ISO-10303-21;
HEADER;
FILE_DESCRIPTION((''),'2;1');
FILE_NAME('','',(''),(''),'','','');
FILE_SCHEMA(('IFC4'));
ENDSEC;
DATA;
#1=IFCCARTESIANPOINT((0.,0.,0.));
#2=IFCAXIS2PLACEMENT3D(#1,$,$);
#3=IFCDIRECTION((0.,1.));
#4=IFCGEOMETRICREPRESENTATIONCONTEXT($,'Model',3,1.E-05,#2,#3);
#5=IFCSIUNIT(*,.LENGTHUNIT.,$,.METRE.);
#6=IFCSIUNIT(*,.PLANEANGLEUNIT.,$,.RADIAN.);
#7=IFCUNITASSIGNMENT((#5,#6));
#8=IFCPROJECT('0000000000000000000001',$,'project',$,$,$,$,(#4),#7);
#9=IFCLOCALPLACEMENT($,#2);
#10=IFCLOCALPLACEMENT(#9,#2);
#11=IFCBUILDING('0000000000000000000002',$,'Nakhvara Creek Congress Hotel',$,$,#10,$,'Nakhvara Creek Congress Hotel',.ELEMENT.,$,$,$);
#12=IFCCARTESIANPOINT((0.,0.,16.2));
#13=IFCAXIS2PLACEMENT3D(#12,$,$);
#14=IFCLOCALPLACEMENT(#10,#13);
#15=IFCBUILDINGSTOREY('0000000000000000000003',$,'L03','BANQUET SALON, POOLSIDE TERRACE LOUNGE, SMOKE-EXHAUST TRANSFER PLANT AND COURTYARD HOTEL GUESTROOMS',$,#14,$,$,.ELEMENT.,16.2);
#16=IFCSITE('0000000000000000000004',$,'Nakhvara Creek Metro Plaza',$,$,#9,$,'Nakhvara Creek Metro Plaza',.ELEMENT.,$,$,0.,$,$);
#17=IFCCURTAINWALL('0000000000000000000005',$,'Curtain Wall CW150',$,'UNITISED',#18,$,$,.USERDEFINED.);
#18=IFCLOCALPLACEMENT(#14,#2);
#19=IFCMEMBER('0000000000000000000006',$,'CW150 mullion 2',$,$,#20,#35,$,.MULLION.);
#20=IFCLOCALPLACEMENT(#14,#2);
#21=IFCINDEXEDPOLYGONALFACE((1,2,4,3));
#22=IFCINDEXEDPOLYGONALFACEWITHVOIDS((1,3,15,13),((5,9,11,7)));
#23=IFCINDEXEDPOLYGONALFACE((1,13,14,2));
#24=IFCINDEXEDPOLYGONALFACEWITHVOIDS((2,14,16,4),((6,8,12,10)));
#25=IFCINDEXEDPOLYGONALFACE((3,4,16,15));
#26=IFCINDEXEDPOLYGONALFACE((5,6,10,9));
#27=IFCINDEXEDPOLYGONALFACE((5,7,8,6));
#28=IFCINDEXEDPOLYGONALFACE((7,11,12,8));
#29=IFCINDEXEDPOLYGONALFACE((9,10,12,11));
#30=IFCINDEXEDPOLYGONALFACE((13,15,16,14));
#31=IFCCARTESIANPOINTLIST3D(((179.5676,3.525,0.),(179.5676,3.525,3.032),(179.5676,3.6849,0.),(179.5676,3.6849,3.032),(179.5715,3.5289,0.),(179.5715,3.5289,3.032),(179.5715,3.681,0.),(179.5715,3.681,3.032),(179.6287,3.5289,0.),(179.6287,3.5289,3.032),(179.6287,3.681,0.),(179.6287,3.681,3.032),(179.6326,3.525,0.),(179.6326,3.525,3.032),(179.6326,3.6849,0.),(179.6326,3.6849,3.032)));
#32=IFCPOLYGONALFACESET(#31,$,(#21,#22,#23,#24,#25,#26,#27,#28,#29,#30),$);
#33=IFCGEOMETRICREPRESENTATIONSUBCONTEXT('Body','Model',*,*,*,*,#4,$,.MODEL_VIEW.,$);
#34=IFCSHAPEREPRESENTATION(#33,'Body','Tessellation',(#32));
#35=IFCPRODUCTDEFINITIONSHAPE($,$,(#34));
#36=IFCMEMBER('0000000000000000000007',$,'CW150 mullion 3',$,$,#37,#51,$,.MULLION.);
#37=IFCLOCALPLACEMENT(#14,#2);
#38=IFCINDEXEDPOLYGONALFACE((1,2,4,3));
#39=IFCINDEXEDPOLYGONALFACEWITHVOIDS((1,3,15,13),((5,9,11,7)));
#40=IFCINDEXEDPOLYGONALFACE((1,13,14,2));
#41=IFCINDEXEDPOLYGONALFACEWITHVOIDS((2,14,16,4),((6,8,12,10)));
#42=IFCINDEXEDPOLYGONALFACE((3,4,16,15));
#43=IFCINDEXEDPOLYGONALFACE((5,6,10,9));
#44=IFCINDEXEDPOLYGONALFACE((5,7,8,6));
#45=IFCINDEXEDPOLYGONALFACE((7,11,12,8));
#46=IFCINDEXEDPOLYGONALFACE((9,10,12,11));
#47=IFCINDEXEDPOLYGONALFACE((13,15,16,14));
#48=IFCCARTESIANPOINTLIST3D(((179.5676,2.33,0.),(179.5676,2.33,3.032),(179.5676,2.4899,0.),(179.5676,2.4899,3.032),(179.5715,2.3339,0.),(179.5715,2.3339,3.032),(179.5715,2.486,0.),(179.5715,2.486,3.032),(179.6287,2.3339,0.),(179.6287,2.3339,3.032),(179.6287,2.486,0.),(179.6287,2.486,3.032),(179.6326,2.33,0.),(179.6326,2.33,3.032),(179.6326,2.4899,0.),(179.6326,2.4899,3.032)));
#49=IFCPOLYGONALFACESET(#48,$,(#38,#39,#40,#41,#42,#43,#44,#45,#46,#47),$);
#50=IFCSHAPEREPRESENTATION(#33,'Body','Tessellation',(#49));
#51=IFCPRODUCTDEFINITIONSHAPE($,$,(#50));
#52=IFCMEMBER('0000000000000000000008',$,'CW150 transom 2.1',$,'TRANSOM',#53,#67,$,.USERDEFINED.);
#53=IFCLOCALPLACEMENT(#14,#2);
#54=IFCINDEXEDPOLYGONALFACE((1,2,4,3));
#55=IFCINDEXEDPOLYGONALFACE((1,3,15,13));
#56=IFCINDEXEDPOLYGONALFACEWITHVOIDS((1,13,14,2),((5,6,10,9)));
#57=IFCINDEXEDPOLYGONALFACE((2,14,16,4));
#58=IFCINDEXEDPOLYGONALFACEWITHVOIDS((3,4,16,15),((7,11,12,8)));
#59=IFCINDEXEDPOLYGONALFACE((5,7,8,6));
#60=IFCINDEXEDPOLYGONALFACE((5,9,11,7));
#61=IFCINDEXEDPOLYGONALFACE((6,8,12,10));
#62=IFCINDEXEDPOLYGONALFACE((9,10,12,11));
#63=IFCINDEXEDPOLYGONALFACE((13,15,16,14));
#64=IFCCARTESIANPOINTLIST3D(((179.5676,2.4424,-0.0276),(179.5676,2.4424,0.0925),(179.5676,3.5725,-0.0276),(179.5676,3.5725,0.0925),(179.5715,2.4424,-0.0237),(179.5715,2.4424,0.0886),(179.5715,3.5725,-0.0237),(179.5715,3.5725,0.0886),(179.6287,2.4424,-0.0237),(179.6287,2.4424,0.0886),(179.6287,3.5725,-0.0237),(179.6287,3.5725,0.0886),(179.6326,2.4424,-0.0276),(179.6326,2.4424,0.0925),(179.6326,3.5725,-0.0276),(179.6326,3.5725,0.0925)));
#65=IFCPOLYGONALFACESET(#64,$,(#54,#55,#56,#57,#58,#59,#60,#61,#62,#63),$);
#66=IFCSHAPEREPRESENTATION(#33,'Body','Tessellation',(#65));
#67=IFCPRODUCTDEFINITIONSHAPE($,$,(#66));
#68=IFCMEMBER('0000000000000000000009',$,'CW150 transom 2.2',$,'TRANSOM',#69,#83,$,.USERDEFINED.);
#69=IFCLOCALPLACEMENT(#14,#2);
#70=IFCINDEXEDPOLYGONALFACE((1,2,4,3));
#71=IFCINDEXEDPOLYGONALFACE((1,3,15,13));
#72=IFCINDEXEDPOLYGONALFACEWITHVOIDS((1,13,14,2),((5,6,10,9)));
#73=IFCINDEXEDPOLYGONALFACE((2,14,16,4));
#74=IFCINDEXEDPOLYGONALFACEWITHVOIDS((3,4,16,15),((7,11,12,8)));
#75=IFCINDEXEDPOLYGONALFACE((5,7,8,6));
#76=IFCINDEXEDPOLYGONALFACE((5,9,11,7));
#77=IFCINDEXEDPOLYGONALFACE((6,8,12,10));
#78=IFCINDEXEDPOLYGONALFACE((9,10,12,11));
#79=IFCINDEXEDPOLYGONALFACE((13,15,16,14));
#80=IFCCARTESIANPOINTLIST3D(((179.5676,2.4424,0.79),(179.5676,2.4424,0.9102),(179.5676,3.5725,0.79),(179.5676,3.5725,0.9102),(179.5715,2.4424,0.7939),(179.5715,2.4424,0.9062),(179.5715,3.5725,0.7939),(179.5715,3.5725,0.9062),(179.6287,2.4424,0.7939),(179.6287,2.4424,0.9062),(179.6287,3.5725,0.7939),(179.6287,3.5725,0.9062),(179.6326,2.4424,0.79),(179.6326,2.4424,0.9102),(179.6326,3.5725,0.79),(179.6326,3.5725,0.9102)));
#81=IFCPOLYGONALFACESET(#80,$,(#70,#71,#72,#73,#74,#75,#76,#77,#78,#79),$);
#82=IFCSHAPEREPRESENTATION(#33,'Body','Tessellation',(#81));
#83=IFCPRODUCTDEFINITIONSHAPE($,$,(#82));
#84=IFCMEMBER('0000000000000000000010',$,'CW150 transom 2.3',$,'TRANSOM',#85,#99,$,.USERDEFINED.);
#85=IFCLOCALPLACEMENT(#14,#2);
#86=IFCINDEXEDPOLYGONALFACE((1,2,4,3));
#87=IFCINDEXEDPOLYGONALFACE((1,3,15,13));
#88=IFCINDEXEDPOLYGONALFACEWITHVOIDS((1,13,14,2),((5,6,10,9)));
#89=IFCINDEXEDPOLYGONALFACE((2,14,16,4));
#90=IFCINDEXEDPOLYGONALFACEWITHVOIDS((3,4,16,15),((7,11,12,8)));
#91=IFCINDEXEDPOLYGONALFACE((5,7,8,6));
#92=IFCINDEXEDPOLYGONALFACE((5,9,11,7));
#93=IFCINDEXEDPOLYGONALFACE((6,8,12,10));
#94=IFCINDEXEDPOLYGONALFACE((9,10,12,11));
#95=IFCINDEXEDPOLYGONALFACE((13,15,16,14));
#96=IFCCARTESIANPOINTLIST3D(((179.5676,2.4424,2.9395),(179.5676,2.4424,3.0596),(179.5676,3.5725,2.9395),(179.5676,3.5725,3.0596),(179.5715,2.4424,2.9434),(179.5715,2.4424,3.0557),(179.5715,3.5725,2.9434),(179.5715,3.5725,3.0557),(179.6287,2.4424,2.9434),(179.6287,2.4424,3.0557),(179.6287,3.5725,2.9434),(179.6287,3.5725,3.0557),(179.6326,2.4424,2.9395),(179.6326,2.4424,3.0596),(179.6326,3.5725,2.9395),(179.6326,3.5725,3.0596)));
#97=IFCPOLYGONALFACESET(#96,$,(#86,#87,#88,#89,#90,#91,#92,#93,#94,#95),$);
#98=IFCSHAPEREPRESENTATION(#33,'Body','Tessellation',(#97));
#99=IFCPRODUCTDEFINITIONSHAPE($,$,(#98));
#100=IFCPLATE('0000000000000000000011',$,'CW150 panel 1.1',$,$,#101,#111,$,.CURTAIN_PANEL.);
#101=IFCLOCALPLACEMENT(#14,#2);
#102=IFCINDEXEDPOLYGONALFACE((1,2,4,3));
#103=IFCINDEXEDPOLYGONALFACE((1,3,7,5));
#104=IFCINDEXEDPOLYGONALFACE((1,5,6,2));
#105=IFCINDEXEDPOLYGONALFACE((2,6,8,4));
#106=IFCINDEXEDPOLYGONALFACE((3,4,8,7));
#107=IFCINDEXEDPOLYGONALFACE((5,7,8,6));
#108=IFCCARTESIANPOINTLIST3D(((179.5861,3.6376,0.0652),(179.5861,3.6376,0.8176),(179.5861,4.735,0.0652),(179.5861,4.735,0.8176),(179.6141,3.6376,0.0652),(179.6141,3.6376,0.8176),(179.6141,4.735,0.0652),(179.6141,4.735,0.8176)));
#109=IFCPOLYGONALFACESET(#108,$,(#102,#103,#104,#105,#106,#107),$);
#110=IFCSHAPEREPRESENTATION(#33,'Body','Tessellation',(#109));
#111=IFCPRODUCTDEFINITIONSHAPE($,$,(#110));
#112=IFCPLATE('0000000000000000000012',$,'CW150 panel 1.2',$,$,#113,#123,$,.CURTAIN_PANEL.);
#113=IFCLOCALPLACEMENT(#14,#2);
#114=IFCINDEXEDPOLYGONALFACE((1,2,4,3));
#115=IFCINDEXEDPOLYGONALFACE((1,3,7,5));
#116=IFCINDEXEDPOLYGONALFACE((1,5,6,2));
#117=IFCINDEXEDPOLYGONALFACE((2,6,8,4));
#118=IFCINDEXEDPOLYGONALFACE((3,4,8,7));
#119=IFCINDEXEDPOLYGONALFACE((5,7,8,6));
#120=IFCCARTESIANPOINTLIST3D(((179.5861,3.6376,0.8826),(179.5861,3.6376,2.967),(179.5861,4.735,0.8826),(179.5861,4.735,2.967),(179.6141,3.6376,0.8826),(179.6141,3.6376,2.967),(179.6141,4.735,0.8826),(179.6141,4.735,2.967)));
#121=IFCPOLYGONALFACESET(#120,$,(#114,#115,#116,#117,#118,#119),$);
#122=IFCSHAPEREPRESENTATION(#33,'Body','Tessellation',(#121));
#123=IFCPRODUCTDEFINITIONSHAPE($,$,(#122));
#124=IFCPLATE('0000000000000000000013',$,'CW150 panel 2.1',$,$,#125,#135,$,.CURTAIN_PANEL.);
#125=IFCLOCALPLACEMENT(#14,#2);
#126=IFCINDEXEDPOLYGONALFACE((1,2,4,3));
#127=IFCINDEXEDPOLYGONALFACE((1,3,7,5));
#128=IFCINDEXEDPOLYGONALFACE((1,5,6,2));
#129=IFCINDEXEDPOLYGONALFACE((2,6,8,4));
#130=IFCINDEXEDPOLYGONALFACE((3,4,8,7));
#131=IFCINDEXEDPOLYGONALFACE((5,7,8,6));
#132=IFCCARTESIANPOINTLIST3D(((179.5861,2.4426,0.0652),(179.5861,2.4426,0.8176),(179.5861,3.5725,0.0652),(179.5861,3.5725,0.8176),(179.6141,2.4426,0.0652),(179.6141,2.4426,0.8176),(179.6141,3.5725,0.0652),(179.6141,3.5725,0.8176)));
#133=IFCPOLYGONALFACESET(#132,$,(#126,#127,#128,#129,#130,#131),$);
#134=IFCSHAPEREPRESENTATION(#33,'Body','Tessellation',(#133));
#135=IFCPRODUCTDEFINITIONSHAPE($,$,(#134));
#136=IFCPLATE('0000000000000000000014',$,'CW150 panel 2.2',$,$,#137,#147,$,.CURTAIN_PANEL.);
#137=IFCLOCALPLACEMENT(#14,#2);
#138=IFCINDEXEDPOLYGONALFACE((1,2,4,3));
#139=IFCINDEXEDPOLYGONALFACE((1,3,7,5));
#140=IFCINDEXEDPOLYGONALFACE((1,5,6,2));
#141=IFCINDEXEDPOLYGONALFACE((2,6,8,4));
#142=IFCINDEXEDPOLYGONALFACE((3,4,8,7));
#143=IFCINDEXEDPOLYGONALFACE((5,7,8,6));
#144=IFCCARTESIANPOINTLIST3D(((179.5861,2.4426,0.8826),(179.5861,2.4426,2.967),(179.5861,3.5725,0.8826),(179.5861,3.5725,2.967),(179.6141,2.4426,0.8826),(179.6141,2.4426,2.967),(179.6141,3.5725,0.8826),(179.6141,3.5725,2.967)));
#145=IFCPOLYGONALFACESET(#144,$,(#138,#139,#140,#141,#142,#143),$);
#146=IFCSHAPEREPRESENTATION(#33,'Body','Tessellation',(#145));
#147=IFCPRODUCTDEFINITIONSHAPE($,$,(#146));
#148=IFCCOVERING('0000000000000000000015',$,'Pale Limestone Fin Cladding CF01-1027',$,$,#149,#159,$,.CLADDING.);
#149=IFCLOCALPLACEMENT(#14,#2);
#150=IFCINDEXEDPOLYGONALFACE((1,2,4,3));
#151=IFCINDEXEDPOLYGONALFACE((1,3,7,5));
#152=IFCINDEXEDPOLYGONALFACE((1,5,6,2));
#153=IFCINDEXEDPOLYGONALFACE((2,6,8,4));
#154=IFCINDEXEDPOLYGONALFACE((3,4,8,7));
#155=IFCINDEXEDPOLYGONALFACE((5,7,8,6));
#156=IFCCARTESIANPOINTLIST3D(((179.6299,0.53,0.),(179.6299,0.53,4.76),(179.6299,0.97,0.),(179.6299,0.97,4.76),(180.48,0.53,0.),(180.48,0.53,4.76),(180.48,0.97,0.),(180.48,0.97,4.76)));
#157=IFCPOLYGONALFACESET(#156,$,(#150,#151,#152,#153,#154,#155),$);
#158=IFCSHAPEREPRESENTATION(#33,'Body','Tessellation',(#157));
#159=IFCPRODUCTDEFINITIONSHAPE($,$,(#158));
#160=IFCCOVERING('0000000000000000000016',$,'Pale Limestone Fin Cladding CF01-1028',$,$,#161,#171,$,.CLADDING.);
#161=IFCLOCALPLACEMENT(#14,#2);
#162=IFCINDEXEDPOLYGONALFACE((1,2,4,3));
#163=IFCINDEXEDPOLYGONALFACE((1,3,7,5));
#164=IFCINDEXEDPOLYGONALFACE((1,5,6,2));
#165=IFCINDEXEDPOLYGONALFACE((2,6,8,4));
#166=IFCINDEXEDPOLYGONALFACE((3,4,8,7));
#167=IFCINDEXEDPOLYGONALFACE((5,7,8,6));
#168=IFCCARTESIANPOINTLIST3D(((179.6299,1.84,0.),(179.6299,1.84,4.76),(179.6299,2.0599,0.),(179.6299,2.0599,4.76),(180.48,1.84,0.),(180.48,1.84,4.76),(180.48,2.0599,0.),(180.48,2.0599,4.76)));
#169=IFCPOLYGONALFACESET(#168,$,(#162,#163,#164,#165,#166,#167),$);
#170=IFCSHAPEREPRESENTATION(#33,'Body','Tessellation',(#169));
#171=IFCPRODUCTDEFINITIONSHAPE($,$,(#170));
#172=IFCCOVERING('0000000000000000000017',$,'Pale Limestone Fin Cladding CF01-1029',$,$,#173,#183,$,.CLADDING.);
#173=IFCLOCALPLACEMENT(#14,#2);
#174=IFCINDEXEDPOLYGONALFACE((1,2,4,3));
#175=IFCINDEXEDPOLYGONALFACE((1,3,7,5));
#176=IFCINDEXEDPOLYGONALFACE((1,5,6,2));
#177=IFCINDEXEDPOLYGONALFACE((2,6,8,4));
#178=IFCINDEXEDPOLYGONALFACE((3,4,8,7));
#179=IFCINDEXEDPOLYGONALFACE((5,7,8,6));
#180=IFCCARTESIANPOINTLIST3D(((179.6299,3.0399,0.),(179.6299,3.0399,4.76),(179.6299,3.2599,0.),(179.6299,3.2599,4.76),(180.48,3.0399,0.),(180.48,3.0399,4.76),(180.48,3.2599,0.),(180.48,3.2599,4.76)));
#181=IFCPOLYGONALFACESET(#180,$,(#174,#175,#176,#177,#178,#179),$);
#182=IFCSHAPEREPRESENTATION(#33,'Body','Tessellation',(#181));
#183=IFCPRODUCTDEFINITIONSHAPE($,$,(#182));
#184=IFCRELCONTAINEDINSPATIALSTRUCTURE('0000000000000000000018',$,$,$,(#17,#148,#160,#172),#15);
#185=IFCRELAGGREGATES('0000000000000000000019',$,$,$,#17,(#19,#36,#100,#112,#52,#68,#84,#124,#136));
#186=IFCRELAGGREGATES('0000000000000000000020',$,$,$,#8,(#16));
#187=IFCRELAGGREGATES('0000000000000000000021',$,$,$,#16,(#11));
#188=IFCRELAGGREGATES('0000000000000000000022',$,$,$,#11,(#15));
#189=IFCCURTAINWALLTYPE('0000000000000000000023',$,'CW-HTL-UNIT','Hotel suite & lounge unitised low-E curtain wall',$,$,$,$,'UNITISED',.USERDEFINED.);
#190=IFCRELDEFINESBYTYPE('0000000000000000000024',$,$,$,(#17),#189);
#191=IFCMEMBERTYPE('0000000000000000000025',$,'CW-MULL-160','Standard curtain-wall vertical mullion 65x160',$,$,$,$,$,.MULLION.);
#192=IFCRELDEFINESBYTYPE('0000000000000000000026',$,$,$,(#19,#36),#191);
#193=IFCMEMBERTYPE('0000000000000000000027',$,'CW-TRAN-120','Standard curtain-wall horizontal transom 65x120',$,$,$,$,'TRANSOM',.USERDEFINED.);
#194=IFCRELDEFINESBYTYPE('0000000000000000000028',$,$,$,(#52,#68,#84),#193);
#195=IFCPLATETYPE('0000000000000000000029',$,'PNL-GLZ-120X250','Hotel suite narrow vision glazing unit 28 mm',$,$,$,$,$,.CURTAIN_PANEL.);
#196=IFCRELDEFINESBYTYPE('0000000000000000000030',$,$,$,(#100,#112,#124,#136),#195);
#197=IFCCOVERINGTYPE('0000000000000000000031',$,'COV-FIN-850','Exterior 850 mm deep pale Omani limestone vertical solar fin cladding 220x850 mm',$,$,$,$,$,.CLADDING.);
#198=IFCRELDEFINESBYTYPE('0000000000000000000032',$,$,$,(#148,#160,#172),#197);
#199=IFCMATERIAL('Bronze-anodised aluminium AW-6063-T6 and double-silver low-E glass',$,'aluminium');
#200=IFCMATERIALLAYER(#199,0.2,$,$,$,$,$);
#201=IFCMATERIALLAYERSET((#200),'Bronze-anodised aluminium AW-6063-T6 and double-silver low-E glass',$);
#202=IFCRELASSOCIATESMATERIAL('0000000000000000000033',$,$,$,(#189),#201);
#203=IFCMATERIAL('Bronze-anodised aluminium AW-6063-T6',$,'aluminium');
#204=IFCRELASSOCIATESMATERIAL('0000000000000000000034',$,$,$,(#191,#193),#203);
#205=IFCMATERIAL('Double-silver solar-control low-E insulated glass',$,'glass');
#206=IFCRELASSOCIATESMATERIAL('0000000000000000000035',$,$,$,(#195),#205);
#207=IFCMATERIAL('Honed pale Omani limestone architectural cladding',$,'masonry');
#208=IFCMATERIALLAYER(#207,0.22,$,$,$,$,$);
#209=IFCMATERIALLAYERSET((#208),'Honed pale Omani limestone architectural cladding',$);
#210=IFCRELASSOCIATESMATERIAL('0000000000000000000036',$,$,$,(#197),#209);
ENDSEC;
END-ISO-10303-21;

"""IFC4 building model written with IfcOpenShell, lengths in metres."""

from ifc_helpers import new_model, si_unit, direction, frame, origin, origin_2d, place, context, subcontext, project, spatial, rectangle, hollow_rectangle, extrude, material, layer, layer_set, material_profile, profile_set, type_object, element, aggregate, save


model = new_model("IFC4")

# Units and contexts
model_context = context("Model", 3, precision=1e-05, world=origin(), true_north=direction((0.0, 1.0)))
body_context = subcontext(model_context, "Body", "Model", "MODEL_VIEW")
ifc_project = project(units=[si_unit("LENGTHUNIT", "METRE"), si_unit("PLANEANGLEUNIT", "RADIAN")], contexts=[model_context])

# Site, building, storey
site_placement = place(None, origin())
site = spatial("IfcSite", under=ifc_project, at=site_placement, Name="Nakhvara Creek Metro Plaza", LongName="Nakhvara Creek Metro Plaza", CompositionType="ELEMENT", RefElevation=0.0)
building_placement = place(site_placement, origin())
building = spatial("IfcBuilding", under=site, at=building_placement, Name="Nakhvara Creek Congress Hotel", LongName="Nakhvara Creek Congress Hotel", CompositionType="ELEMENT")
storey_placement = place(building_placement, frame((0.0, 0.0, 16.2)))
storey = spatial("IfcBuildingStorey", under=building, at=storey_placement, Name="L03", Description="BANQUET SALON, POOLSIDE TERRACE LOUNGE, SMOKE-EXHAUST TRANSFER PLANT AND COURTYARD HOTEL GUESTROOMS", CompositionType="ELEMENT", Elevation=16.2)

# Curtain wall, members, plates
ifc_material_1 = material(Name="Bronze-anodised aluminium AW-6063-T6 and double-silver low-E glass", Category="aluminium")
ifc_layer_1 = layer(ifc_material_1, 0.2)
ifc_layer_set_1 = layer_set([ifc_layer_1], Name="Bronze-anodised aluminium AW-6063-T6 and double-silver low-E glass")
curtain_wall_type = type_object("IfcCurtainWallType", Name="CW-HTL-UNIT", Description="Hotel suite & lounge unitised low-E curtain wall", ElementType="UNITISED", PredefinedType="USERDEFINED", material=ifc_layer_set_1)
curtain_wall_placement = place(storey_placement, origin())
curtain_wall = element("IfcCurtainWall", 1, at=curtain_wall_placement, inside=storey, type_object=curtain_wall_type, Name="Curtain Wall CW150", ObjectType="UNITISED", PredefinedType="USERDEFINED")
ifc_material_2 = material(Name="Bronze-anodised aluminium AW-6063-T6", Category="aluminium")
ifc_material_profile_1 = material_profile(ifc_material_2, hollow_rectangle(XDim=0.0649, YDim=0.1599, WallThickness=0.0039, at=origin_2d()), Name="ALU-MULL 65x160x4", Category="LoadBearing")
ifc_profile_set_1 = profile_set([ifc_material_profile_1], Name="Bronze-anodised aluminium AW-6063-T6")
member_type_1 = type_object("IfcMemberType", Name="CW-MULL-160", Description="Standard curtain-wall vertical mullion 65x160", PredefinedType="MULLION", material=ifc_profile_set_1)
member_1_placement = place(storey_placement, frame((179.6001, 3.605, 0.0), z_axis=(0.0, 0.0, 1.0), x_axis=(1.0, 0.0, 0.0)))
member_1 = element("IfcMember", 2, at=member_1_placement, type_object=member_type_1, Name="CW150 mullion 2", PredefinedType="MULLION", context=body_context, shape_type="SweptSolid", body=[
    extrude(hollow_rectangle(XDim=0.0649, YDim=0.1599, WallThickness=0.0039, at=origin_2d()), origin(), (0.0, 0.0, 1.0), 3.032),
])
member_2_placement = place(storey_placement, frame((179.6001, 2.4099, 0.0), z_axis=(0.0, 0.0, 1.0), x_axis=(1.0, 0.0, 0.0)))
member_2 = element("IfcMember", 3, at=member_2_placement, type_object=member_type_1, Name="CW150 mullion 3", PredefinedType="MULLION", context=body_context, shape_type="SweptSolid", body=[
    extrude(hollow_rectangle(XDim=0.0649, YDim=0.1599, WallThickness=0.0039, at=origin_2d()), origin(), (0.0, 0.0, 1.0), 3.032),
])
ifc_material_profile_2 = material_profile(ifc_material_2, hollow_rectangle(XDim=0.0649, YDim=0.1201, WallThickness=0.0039, at=origin_2d()), Name="ALU-TRAN 65x120x4", Category="LoadBearing")
ifc_profile_set_2 = profile_set([ifc_material_profile_2], Name="Bronze-anodised aluminium AW-6063-T6")
member_type_2 = type_object("IfcMemberType", Name="CW-TRAN-120", Description="Standard curtain-wall horizontal transom 65x120", ElementType="TRANSOM", PredefinedType="USERDEFINED", material=ifc_profile_set_2)
member_3_placement = place(storey_placement, frame((179.6001, 3.5725, 0.0325), z_axis=(0.0, -1.0, 0.0), x_axis=(1.0, 0.0, 0.0)))
member_3 = element("IfcMember", 4, at=member_3_placement, type_object=member_type_2, Name="CW150 transom 2.1", ObjectType="TRANSOM", PredefinedType="USERDEFINED", context=body_context, shape_type="SweptSolid", body=[
    extrude(hollow_rectangle(XDim=0.0649, YDim=0.1201, WallThickness=0.0039, at=origin_2d()), origin(), (0.0, 0.0, 1.0), 1.1301),
])
member_4_placement = place(storey_placement, frame((179.6001, 3.5725, 0.8501), z_axis=(0.0, -1.0, 0.0), x_axis=(1.0, 0.0, 0.0)))
member_4 = element("IfcMember", 5, at=member_4_placement, type_object=member_type_2, Name="CW150 transom 2.2", ObjectType="TRANSOM", PredefinedType="USERDEFINED", context=body_context, shape_type="SweptSolid", body=[
    extrude(hollow_rectangle(XDim=0.0649, YDim=0.1201, WallThickness=0.0039, at=origin_2d()), origin(), (0.0, 0.0, 1.0), 1.1301),
])
member_5_placement = place(storey_placement, frame((179.6001, 3.5725, 2.9995), z_axis=(0.0, -1.0, 0.0), x_axis=(1.0, 0.0, 0.0)))
member_5 = element("IfcMember", 6, at=member_5_placement, type_object=member_type_2, Name="CW150 transom 2.3", ObjectType="TRANSOM", PredefinedType="USERDEFINED", context=body_context, shape_type="SweptSolid", body=[
    extrude(hollow_rectangle(XDim=0.0649, YDim=0.1201, WallThickness=0.0039, at=origin_2d()), origin(), (0.0, 0.0, 1.0), 1.1301),
])
ifc_material_3 = material(Name="Double-silver solar-control low-E insulated glass", Category="glass")
plate_type = type_object("IfcPlateType", Name="PNL-GLZ-120X250", Description="Hotel suite narrow vision glazing unit 28 mm", PredefinedType="CURTAIN_PANEL", material=ifc_material_3)
plate_1_placement = place(storey_placement, frame((179.6001, 4.1863, 0.0652), z_axis=(0.0, 0.0, 1.0), x_axis=(0.0, -1.0, 0.0)))
plate_1 = element("IfcPlate", 7, at=plate_1_placement, type_object=plate_type, Name="CW150 panel 1.1", PredefinedType="CURTAIN_PANEL", context=body_context, shape_type="SweptSolid", body=[
    extrude(rectangle(XDim=1.0974, YDim=0.0281, at=origin_2d()), origin(), (0.0, 0.0, 1.0), 0.7524),
])
plate_2_placement = place(storey_placement, frame((179.6001, 4.1863, 0.8826), z_axis=(0.0, 0.0, 1.0), x_axis=(0.0, -1.0, 0.0)))
plate_2 = element("IfcPlate", 8, at=plate_2_placement, type_object=plate_type, Name="CW150 panel 1.2", PredefinedType="CURTAIN_PANEL", context=body_context, shape_type="SweptSolid", body=[
    extrude(rectangle(XDim=1.0974, YDim=0.0281, at=origin_2d()), origin(), (0.0, 0.0, 1.0), 2.0845),
])
plate_3_placement = place(storey_placement, frame((179.6001, 3.0076, 0.0652), z_axis=(0.0, 0.0, 1.0), x_axis=(0.0, -1.0, 0.0)))
plate_3 = element("IfcPlate", 9, at=plate_3_placement, type_object=plate_type, Name="CW150 panel 2.1", PredefinedType="CURTAIN_PANEL", context=body_context, shape_type="SweptSolid", body=[
    extrude(rectangle(XDim=1.1299, YDim=0.0281, at=origin_2d()), origin(), (0.0, 0.0, 1.0), 0.7524),
])
plate_4_placement = place(storey_placement, frame((179.6001, 3.0076, 0.8826), z_axis=(0.0, 0.0, 1.0), x_axis=(0.0, -1.0, 0.0)))
plate_4 = element("IfcPlate", 10, at=plate_4_placement, type_object=plate_type, Name="CW150 panel 2.2", PredefinedType="CURTAIN_PANEL", context=body_context, shape_type="SweptSolid", body=[
    extrude(rectangle(XDim=1.1299, YDim=0.0281, at=origin_2d()), origin(), (0.0, 0.0, 1.0), 2.0845),
])
aggregate(curtain_wall, [member_1, member_2, plate_1, plate_2, member_3, member_4, member_5, plate_3, plate_4])

# Coverings
ifc_material_4 = material(Name="Honed pale Omani limestone architectural cladding", Category="masonry")
ifc_layer_2 = layer(ifc_material_4, 0.22)
ifc_layer_set_2 = layer_set([ifc_layer_2], Name="Honed pale Omani limestone architectural cladding")
covering_type = type_object("IfcCoveringType", Name="COV-FIN-850", Description="Exterior 850 mm deep pale Omani limestone vertical solar fin cladding 220x850 mm", PredefinedType="CLADDING", material=ifc_layer_set_2)
covering_placement = place(storey_placement, frame((180.0549, 0.75, 0.0), z_axis=(0.0, 0.0, 1.0), x_axis=(0.0, 1.0, 0.0)))
element("IfcCovering", 11, at=covering_placement, inside=storey, type_object=covering_type, Name="Pale Limestone Fin Cladding CF01-1027", PredefinedType="CLADDING", context=body_context, shape_type="SweptSolid", body=[
    extrude(rectangle(XDim=0.4399, YDim=0.8501, at=origin_2d()), origin(), (0.0, 0.0, 1.0), 4.76),
])
for number, where, z_axis, x_axis, name in (
    (12, (180.0549, 1.95, 0.0), (0.0, 0.0, 1.0), (0.0, 1.0, 0.0), "Pale Limestone Fin Cladding CF01-1028"),
    (13, (180.0549, 3.1499, 0.0), (0.0, 0.0, 1.0), (0.0, 1.0, 0.0), "Pale Limestone Fin Cladding CF01-1029"),
):
    element("IfcCovering", number, at=place(storey_placement, frame(where, z_axis=z_axis, x_axis=x_axis)), inside=storey, type_object=covering_type, Name=name, PredefinedType="CLADDING", context=body_context, shape_type="SweptSolid", body=[
        extrude(rectangle(XDim=0.22, YDim=0.8501, at=origin_2d()), origin(), (0.0, 0.0, 1.0), 4.76),
    ])

save(model, "model.ifc")
